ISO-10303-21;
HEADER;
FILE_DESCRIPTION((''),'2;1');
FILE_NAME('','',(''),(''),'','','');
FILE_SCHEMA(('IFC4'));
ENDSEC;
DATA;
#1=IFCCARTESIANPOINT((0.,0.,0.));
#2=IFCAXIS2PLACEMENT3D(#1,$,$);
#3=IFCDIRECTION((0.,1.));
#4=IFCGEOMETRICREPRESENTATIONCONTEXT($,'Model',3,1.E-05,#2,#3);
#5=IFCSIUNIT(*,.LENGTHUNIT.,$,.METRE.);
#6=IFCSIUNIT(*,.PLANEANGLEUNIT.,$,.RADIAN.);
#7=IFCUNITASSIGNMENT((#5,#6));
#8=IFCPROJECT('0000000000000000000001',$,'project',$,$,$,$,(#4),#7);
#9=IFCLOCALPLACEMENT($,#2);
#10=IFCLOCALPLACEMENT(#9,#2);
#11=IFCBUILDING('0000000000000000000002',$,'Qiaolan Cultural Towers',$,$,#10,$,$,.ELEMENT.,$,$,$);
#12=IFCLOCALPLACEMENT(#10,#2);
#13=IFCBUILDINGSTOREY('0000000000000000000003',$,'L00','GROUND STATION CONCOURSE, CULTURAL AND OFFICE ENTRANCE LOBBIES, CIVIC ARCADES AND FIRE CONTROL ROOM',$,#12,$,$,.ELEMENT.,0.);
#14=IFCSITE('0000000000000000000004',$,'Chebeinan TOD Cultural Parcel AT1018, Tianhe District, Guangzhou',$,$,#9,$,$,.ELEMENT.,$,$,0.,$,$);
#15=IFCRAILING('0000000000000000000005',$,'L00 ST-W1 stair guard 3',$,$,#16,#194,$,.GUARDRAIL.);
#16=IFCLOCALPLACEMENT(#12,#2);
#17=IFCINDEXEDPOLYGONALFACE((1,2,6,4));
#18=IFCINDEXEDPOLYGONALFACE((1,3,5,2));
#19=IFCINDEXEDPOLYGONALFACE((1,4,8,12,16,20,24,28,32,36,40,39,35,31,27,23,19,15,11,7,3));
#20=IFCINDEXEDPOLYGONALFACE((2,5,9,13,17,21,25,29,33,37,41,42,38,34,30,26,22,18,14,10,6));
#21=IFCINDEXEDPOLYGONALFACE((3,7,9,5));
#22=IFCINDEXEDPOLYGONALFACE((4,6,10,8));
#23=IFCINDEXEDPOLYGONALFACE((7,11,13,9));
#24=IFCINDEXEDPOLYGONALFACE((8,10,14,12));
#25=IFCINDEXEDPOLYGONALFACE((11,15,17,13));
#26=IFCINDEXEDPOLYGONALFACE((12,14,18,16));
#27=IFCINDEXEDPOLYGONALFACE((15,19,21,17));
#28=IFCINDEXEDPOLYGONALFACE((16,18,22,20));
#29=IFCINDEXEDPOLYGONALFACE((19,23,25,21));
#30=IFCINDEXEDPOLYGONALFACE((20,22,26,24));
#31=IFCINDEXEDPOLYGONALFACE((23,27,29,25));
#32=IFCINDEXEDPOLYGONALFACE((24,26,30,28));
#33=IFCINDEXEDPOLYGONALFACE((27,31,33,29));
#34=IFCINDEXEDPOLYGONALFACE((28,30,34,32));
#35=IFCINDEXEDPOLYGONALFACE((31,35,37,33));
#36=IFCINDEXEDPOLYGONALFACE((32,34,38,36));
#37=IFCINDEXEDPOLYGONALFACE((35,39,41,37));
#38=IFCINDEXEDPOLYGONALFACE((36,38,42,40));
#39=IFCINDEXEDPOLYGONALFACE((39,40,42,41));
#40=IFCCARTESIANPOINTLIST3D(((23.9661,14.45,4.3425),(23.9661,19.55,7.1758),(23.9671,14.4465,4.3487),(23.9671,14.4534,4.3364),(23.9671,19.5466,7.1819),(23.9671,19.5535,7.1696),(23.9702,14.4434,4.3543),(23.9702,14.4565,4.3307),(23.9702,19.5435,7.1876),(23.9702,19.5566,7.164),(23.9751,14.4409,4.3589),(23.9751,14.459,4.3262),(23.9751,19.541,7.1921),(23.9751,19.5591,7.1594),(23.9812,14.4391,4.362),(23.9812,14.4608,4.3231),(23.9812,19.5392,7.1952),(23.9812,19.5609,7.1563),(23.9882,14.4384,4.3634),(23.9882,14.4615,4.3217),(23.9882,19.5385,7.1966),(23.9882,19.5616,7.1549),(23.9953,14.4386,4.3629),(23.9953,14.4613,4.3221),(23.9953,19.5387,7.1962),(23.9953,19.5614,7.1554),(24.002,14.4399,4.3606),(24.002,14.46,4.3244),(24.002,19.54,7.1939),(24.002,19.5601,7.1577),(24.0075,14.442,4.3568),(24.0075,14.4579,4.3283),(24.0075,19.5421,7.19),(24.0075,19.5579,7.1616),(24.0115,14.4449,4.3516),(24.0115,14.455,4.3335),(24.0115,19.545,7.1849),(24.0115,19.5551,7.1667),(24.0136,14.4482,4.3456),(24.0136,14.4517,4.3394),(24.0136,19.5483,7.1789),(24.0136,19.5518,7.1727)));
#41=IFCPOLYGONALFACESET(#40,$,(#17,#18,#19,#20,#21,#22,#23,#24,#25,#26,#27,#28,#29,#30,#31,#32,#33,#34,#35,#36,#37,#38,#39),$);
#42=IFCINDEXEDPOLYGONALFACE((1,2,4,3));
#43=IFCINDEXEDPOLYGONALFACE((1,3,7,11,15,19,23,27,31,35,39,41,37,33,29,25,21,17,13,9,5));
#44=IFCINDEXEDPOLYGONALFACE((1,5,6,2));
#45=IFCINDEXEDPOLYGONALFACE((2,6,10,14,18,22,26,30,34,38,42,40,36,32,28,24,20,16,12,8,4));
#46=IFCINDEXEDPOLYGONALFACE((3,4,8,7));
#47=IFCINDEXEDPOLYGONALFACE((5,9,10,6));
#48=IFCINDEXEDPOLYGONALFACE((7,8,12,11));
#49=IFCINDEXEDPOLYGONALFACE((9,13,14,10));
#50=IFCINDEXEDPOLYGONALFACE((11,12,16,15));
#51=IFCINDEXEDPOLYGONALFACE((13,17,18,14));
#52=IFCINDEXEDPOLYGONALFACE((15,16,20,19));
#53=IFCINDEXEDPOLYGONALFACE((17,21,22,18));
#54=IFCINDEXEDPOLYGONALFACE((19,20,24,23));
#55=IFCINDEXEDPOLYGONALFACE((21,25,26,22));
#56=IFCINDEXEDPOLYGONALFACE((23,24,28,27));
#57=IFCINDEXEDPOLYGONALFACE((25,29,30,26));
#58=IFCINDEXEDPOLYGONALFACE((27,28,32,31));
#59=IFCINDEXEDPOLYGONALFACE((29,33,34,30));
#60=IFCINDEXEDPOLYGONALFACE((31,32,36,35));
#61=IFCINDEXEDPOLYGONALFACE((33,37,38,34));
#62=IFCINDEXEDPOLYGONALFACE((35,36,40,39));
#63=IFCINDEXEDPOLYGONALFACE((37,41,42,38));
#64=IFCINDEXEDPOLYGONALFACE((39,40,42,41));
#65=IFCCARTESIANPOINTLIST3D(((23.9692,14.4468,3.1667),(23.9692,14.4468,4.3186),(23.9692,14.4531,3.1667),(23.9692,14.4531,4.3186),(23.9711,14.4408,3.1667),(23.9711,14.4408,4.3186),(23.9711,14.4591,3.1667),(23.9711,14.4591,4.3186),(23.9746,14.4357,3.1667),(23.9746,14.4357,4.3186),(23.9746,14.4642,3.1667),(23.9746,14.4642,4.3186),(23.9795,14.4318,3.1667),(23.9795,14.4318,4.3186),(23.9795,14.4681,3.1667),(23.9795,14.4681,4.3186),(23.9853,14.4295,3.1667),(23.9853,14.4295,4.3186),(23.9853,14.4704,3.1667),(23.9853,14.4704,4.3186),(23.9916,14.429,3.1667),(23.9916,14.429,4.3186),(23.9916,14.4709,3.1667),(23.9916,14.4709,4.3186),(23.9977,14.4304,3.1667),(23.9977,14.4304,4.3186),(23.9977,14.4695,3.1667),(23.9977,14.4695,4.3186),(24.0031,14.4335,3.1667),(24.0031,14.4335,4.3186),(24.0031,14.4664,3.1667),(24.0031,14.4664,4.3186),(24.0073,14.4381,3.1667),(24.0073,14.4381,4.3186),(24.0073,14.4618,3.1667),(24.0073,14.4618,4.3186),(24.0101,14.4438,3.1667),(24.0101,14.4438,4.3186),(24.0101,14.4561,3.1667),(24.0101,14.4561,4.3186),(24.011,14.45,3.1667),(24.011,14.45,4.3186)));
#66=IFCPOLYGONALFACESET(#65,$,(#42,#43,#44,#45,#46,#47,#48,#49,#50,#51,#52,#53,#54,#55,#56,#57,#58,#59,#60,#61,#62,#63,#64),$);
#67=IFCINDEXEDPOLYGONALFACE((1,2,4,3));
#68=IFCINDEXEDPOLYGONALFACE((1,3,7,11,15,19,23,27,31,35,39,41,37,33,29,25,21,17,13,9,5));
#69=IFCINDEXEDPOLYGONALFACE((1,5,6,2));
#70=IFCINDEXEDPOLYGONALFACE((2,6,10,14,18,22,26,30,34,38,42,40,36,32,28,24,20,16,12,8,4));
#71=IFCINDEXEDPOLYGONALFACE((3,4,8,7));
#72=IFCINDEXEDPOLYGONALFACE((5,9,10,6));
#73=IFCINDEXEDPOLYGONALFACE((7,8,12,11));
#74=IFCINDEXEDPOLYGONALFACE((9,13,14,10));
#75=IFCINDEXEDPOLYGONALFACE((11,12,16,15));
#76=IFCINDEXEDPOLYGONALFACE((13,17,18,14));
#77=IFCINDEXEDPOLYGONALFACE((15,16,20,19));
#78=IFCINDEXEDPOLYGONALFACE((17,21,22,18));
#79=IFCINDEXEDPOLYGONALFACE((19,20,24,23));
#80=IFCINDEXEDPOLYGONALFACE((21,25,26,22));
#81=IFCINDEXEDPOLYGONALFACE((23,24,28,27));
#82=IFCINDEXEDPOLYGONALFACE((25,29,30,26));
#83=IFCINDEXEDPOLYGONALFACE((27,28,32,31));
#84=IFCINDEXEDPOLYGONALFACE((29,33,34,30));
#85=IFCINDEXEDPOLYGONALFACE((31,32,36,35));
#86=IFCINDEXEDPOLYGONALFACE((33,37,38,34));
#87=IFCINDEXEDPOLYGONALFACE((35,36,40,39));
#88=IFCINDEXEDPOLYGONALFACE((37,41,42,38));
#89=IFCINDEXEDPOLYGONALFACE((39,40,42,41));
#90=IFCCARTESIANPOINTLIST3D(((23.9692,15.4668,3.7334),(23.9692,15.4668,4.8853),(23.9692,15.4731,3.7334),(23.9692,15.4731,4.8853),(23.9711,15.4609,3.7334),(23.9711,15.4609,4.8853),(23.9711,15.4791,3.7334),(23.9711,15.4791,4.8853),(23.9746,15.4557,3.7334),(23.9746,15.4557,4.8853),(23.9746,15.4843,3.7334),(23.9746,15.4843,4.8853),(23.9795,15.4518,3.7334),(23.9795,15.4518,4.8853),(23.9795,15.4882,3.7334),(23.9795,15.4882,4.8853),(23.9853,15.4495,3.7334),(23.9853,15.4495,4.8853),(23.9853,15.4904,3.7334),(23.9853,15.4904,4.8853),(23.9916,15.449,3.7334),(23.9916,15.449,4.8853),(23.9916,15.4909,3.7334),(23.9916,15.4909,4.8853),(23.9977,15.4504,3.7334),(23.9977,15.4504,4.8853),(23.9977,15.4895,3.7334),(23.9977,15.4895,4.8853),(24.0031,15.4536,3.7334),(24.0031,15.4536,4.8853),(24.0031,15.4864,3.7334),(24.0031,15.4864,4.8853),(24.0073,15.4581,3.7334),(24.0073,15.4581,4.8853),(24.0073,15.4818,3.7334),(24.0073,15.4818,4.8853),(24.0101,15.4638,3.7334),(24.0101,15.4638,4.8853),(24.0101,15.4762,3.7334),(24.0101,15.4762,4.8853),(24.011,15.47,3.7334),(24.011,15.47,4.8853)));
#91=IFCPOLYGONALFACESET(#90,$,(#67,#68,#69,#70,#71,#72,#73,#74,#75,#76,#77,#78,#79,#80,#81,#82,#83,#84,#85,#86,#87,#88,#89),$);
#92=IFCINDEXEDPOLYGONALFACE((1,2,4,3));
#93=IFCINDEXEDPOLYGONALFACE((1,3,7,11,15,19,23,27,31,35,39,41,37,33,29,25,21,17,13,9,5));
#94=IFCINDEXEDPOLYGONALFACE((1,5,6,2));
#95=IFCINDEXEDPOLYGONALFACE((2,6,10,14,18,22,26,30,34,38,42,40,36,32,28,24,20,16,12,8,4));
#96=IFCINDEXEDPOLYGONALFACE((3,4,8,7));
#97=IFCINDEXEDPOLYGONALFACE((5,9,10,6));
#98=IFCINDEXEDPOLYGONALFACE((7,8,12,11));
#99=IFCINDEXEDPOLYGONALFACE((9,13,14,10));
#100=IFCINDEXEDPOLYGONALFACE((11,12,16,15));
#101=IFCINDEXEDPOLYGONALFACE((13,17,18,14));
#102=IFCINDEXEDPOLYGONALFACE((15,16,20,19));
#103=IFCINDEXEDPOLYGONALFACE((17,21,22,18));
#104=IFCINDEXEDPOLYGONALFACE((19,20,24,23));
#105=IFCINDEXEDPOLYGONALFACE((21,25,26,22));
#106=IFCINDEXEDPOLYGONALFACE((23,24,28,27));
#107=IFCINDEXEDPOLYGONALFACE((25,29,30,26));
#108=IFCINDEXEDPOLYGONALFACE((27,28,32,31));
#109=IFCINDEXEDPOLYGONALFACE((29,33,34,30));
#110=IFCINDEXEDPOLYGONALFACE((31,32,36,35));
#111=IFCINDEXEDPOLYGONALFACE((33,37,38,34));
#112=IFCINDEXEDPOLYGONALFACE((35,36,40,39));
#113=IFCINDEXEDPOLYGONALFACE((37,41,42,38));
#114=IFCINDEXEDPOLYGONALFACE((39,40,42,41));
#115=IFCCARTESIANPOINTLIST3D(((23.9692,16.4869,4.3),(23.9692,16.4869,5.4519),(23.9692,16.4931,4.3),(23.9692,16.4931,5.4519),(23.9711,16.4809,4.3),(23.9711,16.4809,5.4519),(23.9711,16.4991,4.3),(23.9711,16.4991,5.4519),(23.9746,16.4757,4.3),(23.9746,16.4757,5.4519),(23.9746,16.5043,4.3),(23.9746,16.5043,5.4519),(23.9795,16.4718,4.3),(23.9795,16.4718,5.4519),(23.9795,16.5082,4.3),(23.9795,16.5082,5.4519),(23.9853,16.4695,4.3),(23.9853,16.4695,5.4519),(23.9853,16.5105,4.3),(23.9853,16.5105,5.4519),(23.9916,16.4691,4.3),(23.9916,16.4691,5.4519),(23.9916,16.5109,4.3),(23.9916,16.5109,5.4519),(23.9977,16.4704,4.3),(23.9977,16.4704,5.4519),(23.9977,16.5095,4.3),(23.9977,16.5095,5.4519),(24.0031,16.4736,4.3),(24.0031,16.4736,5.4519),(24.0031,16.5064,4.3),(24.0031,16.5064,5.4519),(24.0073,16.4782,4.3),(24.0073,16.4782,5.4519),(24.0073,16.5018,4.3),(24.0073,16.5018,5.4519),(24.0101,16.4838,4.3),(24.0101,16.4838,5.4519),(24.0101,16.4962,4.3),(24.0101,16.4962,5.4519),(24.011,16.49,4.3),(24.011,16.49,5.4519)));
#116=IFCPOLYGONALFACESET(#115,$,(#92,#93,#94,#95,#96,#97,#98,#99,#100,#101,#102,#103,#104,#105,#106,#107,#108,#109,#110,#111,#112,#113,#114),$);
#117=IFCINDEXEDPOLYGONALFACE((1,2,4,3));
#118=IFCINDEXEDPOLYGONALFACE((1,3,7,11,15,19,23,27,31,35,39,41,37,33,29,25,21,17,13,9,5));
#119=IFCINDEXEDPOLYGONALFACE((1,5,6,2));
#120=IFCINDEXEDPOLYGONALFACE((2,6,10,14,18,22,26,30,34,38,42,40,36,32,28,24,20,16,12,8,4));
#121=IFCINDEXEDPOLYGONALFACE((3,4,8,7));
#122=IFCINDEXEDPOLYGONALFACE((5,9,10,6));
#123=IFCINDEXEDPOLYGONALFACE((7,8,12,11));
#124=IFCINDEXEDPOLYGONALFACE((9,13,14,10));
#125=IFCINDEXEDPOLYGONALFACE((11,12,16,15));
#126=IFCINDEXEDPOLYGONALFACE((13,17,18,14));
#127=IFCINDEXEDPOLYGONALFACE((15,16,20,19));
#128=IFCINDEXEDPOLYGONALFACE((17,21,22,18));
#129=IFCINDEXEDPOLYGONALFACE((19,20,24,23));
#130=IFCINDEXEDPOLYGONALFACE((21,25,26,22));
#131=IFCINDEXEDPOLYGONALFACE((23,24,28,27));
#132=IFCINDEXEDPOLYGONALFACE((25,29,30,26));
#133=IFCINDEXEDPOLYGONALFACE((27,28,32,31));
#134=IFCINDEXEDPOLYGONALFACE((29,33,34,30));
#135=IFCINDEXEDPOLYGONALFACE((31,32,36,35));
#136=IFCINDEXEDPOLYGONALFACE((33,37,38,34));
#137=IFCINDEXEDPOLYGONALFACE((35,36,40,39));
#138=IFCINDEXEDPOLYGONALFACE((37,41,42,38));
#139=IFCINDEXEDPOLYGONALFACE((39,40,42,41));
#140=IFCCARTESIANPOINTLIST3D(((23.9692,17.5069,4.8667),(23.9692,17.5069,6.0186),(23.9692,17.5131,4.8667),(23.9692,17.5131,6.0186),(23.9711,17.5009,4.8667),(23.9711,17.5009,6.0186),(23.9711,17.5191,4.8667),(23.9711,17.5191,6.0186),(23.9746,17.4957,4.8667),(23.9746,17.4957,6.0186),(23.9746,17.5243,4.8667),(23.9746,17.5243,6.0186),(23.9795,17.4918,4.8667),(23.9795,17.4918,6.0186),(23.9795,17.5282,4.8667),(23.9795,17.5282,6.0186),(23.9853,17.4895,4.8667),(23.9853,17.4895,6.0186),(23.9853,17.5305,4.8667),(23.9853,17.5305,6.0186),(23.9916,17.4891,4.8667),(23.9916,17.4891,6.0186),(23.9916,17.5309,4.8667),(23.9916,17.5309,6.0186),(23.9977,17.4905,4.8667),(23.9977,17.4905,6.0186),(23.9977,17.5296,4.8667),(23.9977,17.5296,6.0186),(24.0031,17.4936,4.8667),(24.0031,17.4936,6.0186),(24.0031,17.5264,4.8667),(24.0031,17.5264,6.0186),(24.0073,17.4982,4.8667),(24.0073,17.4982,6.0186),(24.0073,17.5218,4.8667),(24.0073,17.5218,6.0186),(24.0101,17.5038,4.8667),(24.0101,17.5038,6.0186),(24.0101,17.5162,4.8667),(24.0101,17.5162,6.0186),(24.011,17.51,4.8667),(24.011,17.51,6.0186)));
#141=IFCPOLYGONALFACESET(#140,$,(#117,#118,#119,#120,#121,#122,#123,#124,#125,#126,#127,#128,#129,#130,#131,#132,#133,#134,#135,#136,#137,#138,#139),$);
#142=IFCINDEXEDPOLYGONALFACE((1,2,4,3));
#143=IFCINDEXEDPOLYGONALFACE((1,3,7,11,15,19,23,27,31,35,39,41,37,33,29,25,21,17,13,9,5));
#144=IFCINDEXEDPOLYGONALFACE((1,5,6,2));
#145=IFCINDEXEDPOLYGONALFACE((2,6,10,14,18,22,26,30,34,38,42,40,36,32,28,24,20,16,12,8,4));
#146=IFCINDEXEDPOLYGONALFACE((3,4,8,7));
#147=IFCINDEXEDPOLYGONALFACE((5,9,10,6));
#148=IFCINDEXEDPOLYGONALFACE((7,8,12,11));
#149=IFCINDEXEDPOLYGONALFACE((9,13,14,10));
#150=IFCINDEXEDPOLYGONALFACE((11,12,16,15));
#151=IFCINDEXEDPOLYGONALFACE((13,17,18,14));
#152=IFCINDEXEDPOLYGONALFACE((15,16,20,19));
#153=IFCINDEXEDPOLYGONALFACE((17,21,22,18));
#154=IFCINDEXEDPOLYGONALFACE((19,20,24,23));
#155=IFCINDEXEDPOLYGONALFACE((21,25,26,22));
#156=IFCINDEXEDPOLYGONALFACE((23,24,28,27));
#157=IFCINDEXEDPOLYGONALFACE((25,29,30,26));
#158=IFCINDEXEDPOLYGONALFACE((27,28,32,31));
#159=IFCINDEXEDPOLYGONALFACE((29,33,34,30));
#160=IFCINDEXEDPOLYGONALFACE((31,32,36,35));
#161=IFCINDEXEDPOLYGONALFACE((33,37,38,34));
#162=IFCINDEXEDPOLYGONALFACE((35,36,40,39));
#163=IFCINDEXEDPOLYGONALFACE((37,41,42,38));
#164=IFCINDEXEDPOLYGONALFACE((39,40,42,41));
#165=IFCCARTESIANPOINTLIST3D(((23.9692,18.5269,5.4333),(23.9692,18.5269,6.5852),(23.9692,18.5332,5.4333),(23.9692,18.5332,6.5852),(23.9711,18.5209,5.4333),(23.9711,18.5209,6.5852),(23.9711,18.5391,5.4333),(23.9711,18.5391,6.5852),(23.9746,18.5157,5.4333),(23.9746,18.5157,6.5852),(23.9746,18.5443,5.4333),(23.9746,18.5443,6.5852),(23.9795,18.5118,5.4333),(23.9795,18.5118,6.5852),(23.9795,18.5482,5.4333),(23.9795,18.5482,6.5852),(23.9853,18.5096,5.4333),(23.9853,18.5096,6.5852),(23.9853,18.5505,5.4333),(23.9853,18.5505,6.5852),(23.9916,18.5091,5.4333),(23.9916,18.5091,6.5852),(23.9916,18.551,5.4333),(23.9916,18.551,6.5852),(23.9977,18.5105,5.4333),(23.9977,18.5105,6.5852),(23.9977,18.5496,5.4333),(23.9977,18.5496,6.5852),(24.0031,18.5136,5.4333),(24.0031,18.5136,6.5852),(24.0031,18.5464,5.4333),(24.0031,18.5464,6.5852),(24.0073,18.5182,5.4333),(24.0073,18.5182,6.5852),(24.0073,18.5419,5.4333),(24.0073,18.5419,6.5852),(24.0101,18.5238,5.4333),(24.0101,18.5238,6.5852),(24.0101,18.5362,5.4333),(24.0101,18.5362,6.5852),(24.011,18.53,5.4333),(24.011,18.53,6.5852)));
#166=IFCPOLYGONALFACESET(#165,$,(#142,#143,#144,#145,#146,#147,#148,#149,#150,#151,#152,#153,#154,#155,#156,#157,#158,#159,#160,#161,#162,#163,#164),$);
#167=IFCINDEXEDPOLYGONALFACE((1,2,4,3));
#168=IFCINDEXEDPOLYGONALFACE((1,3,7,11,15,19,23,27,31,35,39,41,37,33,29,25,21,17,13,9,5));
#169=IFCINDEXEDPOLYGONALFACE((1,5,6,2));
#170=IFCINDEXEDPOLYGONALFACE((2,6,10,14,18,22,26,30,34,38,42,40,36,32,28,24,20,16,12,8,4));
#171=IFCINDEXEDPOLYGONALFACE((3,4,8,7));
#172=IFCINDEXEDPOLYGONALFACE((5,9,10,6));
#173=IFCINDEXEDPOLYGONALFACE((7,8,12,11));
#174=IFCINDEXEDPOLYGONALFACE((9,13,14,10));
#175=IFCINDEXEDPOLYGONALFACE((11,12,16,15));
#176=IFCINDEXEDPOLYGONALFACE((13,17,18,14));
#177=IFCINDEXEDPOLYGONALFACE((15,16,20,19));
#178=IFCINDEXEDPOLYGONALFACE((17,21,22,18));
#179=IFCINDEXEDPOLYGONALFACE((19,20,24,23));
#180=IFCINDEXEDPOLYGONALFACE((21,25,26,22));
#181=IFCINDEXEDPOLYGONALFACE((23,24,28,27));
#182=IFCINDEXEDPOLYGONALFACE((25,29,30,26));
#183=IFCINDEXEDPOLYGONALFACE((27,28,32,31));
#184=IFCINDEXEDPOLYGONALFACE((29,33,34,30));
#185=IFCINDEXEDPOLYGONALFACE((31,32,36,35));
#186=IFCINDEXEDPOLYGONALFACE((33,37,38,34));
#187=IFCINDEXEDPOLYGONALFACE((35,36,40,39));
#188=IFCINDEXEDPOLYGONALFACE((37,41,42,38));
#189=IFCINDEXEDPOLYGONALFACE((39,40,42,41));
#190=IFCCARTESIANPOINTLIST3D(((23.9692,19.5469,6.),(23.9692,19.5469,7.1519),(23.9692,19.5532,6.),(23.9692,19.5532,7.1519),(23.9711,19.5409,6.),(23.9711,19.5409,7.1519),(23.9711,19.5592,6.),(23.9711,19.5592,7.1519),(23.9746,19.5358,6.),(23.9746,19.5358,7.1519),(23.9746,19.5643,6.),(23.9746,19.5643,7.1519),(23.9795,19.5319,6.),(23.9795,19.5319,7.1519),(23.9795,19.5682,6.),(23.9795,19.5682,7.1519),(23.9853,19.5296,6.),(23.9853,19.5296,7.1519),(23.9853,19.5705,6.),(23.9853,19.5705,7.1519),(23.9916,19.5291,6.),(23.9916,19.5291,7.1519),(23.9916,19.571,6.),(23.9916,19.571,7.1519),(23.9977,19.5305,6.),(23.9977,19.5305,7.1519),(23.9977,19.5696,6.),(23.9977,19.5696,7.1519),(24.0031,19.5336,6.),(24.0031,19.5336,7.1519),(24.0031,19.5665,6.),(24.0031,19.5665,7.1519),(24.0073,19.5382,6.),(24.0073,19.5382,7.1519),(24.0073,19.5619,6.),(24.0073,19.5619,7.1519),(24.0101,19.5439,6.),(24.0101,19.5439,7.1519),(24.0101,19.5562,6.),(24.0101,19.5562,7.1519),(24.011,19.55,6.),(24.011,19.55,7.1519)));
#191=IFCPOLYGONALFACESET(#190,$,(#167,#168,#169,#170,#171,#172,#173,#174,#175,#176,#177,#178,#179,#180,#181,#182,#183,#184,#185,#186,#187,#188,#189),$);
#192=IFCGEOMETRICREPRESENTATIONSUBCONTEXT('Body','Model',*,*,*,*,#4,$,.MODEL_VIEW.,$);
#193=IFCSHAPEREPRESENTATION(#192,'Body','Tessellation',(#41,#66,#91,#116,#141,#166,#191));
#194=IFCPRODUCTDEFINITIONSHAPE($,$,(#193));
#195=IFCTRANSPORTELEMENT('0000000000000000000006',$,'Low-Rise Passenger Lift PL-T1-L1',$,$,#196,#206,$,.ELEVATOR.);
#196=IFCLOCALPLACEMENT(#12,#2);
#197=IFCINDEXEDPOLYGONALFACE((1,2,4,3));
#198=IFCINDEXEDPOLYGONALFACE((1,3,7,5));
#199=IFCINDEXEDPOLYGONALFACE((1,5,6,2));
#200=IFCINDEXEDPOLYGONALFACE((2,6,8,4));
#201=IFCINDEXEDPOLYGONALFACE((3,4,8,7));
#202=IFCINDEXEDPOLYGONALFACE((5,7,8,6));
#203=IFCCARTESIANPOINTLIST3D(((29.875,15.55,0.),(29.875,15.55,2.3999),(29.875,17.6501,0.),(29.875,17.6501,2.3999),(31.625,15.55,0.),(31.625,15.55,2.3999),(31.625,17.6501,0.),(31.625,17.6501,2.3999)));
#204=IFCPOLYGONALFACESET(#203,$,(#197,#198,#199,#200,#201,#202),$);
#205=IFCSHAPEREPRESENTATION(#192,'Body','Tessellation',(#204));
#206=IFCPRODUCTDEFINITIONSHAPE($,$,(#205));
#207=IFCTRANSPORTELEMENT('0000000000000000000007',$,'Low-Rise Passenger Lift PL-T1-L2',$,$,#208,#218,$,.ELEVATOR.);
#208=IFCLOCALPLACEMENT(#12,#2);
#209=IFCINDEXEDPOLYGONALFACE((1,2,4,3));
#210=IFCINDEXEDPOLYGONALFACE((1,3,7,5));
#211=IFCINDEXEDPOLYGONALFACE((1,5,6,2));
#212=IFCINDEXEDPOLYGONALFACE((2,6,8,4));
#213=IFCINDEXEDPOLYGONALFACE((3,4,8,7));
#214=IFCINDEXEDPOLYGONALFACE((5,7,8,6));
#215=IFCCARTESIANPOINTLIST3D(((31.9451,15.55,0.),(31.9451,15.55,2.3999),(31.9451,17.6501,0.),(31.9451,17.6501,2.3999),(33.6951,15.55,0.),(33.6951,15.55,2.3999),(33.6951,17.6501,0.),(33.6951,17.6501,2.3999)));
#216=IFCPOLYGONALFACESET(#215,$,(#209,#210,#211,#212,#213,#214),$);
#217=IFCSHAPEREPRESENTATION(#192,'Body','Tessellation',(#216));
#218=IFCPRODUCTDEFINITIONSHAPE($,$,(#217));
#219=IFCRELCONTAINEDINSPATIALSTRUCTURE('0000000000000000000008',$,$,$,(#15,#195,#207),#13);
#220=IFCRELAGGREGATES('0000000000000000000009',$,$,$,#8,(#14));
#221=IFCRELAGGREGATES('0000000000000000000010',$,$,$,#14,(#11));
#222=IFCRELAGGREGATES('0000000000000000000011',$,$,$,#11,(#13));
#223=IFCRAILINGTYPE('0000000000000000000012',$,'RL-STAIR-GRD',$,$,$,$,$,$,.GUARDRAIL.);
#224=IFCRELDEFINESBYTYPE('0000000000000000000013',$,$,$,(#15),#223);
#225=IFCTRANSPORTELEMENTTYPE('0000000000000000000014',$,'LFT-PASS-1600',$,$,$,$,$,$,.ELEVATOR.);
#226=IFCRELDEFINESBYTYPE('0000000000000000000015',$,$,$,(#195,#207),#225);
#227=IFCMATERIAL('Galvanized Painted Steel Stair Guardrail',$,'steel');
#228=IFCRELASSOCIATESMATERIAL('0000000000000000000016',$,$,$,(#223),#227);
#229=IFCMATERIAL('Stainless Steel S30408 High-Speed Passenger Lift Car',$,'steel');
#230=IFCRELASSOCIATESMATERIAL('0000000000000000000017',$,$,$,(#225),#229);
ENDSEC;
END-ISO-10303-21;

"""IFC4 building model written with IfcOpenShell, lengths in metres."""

from ifc_helpers import new_model, si_unit, direction, frame, origin, origin_2d, place, context, subcontext, project, spatial, rectangle, circle, extrude, material, type_object, element, save


model = new_model("IFC4")

# Units and contexts
model_context = context("Model", 3, precision=1e-05, world=origin(), true_north=direction((0.0, 1.0)))
body_context = subcontext(model_context, "Body", "Model", "MODEL_VIEW")
ifc_project = project(units=[si_unit("LENGTHUNIT", "METRE"), si_unit("PLANEANGLEUNIT", "RADIAN")], contexts=[model_context])

# Site, building, storey
site_placement = place(None, origin())
site = spatial("IfcSite", under=ifc_project, at=site_placement, Name="Chebeinan TOD Cultural Parcel AT1018, Tianhe District, Guangzhou", CompositionType="ELEMENT", RefElevation=0.0)
building_placement = place(site_placement, origin())
building = spatial("IfcBuilding", under=site, at=building_placement, Name="Qiaolan Cultural Towers", CompositionType="ELEMENT")
storey_placement = place(building_placement, origin())
storey = spatial("IfcBuildingStorey", under=building, at=storey_placement, Name="L00", Description="GROUND STATION CONCOURSE, CULTURAL AND OFFICE ENTRANCE LOBBIES, CIVIC ARCADES AND FIRE CONTROL ROOM", CompositionType="ELEMENT", Elevation=0.0)

# Railing
ifc_material_1 = material(Name="Galvanized Painted Steel Stair Guardrail", Category="steel")
railing_type_1 = type_object("IfcRailingType", Name="RL-STAIR-GRD", PredefinedType="GUARDRAIL", material=ifc_material_1)
railing_1_placement = place(storey_placement, frame((23.99, 14.45, 3.1667)))
element("IfcRailing", 1, at=railing_1_placement, inside=storey, type_object=railing_type_1, Name="L00 ST-W1 stair guard 3", PredefinedType="GUARDRAIL", context=body_context, shape_type="SweptSolid", body=[
    extrude(circle(Radius=0.0239, at=origin_2d()), frame((0.0, 0.0, 1.1758), z_axis=(0.0, 0.874167, 0.485625), x_axis=(-1.0, 0.0, 0.0)), (0.0, 0.0, 1.0), 5.8342),
    extrude(circle(Radius=0.021, at=origin_2d()), origin(), (0.0, 0.0, 1.0), 1.1519),
    extrude(circle(Radius=0.021, at=origin_2d()), frame((0.0, 1.02, 0.5667)), (0.0, 0.0, 1.0), 1.1519),
    extrude(circle(Radius=0.021, at=origin_2d()), frame((0.0, 2.04, 1.1333)), (0.0, 0.0, 1.0), 1.1519),
    extrude(circle(Radius=0.021, at=origin_2d()), frame((0.0, 3.0601, 1.7)), (0.0, 0.0, 1.0), 1.1519),
    extrude(circle(Radius=0.021, at=origin_2d()), frame((0.0, 4.0801, 2.2666)), (0.0, 0.0, 1.0), 1.1519),
    extrude(circle(Radius=0.021, at=origin_2d()), frame((0.0, 5.1001, 2.8333)), (0.0, 0.0, 1.0), 1.1519),
])

# Transport elements
ifc_material_2 = material(Name="Stainless Steel S30408 High-Speed Passenger Lift Car", Category="steel")
transport_element_type = type_object("IfcTransportElementType", Name="LFT-PASS-1600", PredefinedType="ELEVATOR", material=ifc_material_2)
for number, where, z_axis, x_axis, name in (
    (2, (30.75, 16.6001, 0.0), (0.0, 0.0, 1.0), (1.0, 0.0, 0.0), "Low-Rise Passenger Lift PL-T1-L1"),
    (3, (32.8201, 16.6001, 0.0), (0.0, 0.0, 1.0), (1.0, 0.0, 0.0), "Low-Rise Passenger Lift PL-T1-L2"),
):
    element("IfcTransportElement", number, at=place(storey_placement, frame(where, z_axis=z_axis, x_axis=x_axis)), inside=storey, type_object=transport_element_type, Name=name, PredefinedType="ELEVATOR", context=body_context, shape_type="SweptSolid", body=[
        extrude(rectangle(XDim=1.75, YDim=2.1001, at=origin_2d()), origin(), (0.0, 0.0, 1.0), 2.3999),
    ])

save(model, "model.ifc")
